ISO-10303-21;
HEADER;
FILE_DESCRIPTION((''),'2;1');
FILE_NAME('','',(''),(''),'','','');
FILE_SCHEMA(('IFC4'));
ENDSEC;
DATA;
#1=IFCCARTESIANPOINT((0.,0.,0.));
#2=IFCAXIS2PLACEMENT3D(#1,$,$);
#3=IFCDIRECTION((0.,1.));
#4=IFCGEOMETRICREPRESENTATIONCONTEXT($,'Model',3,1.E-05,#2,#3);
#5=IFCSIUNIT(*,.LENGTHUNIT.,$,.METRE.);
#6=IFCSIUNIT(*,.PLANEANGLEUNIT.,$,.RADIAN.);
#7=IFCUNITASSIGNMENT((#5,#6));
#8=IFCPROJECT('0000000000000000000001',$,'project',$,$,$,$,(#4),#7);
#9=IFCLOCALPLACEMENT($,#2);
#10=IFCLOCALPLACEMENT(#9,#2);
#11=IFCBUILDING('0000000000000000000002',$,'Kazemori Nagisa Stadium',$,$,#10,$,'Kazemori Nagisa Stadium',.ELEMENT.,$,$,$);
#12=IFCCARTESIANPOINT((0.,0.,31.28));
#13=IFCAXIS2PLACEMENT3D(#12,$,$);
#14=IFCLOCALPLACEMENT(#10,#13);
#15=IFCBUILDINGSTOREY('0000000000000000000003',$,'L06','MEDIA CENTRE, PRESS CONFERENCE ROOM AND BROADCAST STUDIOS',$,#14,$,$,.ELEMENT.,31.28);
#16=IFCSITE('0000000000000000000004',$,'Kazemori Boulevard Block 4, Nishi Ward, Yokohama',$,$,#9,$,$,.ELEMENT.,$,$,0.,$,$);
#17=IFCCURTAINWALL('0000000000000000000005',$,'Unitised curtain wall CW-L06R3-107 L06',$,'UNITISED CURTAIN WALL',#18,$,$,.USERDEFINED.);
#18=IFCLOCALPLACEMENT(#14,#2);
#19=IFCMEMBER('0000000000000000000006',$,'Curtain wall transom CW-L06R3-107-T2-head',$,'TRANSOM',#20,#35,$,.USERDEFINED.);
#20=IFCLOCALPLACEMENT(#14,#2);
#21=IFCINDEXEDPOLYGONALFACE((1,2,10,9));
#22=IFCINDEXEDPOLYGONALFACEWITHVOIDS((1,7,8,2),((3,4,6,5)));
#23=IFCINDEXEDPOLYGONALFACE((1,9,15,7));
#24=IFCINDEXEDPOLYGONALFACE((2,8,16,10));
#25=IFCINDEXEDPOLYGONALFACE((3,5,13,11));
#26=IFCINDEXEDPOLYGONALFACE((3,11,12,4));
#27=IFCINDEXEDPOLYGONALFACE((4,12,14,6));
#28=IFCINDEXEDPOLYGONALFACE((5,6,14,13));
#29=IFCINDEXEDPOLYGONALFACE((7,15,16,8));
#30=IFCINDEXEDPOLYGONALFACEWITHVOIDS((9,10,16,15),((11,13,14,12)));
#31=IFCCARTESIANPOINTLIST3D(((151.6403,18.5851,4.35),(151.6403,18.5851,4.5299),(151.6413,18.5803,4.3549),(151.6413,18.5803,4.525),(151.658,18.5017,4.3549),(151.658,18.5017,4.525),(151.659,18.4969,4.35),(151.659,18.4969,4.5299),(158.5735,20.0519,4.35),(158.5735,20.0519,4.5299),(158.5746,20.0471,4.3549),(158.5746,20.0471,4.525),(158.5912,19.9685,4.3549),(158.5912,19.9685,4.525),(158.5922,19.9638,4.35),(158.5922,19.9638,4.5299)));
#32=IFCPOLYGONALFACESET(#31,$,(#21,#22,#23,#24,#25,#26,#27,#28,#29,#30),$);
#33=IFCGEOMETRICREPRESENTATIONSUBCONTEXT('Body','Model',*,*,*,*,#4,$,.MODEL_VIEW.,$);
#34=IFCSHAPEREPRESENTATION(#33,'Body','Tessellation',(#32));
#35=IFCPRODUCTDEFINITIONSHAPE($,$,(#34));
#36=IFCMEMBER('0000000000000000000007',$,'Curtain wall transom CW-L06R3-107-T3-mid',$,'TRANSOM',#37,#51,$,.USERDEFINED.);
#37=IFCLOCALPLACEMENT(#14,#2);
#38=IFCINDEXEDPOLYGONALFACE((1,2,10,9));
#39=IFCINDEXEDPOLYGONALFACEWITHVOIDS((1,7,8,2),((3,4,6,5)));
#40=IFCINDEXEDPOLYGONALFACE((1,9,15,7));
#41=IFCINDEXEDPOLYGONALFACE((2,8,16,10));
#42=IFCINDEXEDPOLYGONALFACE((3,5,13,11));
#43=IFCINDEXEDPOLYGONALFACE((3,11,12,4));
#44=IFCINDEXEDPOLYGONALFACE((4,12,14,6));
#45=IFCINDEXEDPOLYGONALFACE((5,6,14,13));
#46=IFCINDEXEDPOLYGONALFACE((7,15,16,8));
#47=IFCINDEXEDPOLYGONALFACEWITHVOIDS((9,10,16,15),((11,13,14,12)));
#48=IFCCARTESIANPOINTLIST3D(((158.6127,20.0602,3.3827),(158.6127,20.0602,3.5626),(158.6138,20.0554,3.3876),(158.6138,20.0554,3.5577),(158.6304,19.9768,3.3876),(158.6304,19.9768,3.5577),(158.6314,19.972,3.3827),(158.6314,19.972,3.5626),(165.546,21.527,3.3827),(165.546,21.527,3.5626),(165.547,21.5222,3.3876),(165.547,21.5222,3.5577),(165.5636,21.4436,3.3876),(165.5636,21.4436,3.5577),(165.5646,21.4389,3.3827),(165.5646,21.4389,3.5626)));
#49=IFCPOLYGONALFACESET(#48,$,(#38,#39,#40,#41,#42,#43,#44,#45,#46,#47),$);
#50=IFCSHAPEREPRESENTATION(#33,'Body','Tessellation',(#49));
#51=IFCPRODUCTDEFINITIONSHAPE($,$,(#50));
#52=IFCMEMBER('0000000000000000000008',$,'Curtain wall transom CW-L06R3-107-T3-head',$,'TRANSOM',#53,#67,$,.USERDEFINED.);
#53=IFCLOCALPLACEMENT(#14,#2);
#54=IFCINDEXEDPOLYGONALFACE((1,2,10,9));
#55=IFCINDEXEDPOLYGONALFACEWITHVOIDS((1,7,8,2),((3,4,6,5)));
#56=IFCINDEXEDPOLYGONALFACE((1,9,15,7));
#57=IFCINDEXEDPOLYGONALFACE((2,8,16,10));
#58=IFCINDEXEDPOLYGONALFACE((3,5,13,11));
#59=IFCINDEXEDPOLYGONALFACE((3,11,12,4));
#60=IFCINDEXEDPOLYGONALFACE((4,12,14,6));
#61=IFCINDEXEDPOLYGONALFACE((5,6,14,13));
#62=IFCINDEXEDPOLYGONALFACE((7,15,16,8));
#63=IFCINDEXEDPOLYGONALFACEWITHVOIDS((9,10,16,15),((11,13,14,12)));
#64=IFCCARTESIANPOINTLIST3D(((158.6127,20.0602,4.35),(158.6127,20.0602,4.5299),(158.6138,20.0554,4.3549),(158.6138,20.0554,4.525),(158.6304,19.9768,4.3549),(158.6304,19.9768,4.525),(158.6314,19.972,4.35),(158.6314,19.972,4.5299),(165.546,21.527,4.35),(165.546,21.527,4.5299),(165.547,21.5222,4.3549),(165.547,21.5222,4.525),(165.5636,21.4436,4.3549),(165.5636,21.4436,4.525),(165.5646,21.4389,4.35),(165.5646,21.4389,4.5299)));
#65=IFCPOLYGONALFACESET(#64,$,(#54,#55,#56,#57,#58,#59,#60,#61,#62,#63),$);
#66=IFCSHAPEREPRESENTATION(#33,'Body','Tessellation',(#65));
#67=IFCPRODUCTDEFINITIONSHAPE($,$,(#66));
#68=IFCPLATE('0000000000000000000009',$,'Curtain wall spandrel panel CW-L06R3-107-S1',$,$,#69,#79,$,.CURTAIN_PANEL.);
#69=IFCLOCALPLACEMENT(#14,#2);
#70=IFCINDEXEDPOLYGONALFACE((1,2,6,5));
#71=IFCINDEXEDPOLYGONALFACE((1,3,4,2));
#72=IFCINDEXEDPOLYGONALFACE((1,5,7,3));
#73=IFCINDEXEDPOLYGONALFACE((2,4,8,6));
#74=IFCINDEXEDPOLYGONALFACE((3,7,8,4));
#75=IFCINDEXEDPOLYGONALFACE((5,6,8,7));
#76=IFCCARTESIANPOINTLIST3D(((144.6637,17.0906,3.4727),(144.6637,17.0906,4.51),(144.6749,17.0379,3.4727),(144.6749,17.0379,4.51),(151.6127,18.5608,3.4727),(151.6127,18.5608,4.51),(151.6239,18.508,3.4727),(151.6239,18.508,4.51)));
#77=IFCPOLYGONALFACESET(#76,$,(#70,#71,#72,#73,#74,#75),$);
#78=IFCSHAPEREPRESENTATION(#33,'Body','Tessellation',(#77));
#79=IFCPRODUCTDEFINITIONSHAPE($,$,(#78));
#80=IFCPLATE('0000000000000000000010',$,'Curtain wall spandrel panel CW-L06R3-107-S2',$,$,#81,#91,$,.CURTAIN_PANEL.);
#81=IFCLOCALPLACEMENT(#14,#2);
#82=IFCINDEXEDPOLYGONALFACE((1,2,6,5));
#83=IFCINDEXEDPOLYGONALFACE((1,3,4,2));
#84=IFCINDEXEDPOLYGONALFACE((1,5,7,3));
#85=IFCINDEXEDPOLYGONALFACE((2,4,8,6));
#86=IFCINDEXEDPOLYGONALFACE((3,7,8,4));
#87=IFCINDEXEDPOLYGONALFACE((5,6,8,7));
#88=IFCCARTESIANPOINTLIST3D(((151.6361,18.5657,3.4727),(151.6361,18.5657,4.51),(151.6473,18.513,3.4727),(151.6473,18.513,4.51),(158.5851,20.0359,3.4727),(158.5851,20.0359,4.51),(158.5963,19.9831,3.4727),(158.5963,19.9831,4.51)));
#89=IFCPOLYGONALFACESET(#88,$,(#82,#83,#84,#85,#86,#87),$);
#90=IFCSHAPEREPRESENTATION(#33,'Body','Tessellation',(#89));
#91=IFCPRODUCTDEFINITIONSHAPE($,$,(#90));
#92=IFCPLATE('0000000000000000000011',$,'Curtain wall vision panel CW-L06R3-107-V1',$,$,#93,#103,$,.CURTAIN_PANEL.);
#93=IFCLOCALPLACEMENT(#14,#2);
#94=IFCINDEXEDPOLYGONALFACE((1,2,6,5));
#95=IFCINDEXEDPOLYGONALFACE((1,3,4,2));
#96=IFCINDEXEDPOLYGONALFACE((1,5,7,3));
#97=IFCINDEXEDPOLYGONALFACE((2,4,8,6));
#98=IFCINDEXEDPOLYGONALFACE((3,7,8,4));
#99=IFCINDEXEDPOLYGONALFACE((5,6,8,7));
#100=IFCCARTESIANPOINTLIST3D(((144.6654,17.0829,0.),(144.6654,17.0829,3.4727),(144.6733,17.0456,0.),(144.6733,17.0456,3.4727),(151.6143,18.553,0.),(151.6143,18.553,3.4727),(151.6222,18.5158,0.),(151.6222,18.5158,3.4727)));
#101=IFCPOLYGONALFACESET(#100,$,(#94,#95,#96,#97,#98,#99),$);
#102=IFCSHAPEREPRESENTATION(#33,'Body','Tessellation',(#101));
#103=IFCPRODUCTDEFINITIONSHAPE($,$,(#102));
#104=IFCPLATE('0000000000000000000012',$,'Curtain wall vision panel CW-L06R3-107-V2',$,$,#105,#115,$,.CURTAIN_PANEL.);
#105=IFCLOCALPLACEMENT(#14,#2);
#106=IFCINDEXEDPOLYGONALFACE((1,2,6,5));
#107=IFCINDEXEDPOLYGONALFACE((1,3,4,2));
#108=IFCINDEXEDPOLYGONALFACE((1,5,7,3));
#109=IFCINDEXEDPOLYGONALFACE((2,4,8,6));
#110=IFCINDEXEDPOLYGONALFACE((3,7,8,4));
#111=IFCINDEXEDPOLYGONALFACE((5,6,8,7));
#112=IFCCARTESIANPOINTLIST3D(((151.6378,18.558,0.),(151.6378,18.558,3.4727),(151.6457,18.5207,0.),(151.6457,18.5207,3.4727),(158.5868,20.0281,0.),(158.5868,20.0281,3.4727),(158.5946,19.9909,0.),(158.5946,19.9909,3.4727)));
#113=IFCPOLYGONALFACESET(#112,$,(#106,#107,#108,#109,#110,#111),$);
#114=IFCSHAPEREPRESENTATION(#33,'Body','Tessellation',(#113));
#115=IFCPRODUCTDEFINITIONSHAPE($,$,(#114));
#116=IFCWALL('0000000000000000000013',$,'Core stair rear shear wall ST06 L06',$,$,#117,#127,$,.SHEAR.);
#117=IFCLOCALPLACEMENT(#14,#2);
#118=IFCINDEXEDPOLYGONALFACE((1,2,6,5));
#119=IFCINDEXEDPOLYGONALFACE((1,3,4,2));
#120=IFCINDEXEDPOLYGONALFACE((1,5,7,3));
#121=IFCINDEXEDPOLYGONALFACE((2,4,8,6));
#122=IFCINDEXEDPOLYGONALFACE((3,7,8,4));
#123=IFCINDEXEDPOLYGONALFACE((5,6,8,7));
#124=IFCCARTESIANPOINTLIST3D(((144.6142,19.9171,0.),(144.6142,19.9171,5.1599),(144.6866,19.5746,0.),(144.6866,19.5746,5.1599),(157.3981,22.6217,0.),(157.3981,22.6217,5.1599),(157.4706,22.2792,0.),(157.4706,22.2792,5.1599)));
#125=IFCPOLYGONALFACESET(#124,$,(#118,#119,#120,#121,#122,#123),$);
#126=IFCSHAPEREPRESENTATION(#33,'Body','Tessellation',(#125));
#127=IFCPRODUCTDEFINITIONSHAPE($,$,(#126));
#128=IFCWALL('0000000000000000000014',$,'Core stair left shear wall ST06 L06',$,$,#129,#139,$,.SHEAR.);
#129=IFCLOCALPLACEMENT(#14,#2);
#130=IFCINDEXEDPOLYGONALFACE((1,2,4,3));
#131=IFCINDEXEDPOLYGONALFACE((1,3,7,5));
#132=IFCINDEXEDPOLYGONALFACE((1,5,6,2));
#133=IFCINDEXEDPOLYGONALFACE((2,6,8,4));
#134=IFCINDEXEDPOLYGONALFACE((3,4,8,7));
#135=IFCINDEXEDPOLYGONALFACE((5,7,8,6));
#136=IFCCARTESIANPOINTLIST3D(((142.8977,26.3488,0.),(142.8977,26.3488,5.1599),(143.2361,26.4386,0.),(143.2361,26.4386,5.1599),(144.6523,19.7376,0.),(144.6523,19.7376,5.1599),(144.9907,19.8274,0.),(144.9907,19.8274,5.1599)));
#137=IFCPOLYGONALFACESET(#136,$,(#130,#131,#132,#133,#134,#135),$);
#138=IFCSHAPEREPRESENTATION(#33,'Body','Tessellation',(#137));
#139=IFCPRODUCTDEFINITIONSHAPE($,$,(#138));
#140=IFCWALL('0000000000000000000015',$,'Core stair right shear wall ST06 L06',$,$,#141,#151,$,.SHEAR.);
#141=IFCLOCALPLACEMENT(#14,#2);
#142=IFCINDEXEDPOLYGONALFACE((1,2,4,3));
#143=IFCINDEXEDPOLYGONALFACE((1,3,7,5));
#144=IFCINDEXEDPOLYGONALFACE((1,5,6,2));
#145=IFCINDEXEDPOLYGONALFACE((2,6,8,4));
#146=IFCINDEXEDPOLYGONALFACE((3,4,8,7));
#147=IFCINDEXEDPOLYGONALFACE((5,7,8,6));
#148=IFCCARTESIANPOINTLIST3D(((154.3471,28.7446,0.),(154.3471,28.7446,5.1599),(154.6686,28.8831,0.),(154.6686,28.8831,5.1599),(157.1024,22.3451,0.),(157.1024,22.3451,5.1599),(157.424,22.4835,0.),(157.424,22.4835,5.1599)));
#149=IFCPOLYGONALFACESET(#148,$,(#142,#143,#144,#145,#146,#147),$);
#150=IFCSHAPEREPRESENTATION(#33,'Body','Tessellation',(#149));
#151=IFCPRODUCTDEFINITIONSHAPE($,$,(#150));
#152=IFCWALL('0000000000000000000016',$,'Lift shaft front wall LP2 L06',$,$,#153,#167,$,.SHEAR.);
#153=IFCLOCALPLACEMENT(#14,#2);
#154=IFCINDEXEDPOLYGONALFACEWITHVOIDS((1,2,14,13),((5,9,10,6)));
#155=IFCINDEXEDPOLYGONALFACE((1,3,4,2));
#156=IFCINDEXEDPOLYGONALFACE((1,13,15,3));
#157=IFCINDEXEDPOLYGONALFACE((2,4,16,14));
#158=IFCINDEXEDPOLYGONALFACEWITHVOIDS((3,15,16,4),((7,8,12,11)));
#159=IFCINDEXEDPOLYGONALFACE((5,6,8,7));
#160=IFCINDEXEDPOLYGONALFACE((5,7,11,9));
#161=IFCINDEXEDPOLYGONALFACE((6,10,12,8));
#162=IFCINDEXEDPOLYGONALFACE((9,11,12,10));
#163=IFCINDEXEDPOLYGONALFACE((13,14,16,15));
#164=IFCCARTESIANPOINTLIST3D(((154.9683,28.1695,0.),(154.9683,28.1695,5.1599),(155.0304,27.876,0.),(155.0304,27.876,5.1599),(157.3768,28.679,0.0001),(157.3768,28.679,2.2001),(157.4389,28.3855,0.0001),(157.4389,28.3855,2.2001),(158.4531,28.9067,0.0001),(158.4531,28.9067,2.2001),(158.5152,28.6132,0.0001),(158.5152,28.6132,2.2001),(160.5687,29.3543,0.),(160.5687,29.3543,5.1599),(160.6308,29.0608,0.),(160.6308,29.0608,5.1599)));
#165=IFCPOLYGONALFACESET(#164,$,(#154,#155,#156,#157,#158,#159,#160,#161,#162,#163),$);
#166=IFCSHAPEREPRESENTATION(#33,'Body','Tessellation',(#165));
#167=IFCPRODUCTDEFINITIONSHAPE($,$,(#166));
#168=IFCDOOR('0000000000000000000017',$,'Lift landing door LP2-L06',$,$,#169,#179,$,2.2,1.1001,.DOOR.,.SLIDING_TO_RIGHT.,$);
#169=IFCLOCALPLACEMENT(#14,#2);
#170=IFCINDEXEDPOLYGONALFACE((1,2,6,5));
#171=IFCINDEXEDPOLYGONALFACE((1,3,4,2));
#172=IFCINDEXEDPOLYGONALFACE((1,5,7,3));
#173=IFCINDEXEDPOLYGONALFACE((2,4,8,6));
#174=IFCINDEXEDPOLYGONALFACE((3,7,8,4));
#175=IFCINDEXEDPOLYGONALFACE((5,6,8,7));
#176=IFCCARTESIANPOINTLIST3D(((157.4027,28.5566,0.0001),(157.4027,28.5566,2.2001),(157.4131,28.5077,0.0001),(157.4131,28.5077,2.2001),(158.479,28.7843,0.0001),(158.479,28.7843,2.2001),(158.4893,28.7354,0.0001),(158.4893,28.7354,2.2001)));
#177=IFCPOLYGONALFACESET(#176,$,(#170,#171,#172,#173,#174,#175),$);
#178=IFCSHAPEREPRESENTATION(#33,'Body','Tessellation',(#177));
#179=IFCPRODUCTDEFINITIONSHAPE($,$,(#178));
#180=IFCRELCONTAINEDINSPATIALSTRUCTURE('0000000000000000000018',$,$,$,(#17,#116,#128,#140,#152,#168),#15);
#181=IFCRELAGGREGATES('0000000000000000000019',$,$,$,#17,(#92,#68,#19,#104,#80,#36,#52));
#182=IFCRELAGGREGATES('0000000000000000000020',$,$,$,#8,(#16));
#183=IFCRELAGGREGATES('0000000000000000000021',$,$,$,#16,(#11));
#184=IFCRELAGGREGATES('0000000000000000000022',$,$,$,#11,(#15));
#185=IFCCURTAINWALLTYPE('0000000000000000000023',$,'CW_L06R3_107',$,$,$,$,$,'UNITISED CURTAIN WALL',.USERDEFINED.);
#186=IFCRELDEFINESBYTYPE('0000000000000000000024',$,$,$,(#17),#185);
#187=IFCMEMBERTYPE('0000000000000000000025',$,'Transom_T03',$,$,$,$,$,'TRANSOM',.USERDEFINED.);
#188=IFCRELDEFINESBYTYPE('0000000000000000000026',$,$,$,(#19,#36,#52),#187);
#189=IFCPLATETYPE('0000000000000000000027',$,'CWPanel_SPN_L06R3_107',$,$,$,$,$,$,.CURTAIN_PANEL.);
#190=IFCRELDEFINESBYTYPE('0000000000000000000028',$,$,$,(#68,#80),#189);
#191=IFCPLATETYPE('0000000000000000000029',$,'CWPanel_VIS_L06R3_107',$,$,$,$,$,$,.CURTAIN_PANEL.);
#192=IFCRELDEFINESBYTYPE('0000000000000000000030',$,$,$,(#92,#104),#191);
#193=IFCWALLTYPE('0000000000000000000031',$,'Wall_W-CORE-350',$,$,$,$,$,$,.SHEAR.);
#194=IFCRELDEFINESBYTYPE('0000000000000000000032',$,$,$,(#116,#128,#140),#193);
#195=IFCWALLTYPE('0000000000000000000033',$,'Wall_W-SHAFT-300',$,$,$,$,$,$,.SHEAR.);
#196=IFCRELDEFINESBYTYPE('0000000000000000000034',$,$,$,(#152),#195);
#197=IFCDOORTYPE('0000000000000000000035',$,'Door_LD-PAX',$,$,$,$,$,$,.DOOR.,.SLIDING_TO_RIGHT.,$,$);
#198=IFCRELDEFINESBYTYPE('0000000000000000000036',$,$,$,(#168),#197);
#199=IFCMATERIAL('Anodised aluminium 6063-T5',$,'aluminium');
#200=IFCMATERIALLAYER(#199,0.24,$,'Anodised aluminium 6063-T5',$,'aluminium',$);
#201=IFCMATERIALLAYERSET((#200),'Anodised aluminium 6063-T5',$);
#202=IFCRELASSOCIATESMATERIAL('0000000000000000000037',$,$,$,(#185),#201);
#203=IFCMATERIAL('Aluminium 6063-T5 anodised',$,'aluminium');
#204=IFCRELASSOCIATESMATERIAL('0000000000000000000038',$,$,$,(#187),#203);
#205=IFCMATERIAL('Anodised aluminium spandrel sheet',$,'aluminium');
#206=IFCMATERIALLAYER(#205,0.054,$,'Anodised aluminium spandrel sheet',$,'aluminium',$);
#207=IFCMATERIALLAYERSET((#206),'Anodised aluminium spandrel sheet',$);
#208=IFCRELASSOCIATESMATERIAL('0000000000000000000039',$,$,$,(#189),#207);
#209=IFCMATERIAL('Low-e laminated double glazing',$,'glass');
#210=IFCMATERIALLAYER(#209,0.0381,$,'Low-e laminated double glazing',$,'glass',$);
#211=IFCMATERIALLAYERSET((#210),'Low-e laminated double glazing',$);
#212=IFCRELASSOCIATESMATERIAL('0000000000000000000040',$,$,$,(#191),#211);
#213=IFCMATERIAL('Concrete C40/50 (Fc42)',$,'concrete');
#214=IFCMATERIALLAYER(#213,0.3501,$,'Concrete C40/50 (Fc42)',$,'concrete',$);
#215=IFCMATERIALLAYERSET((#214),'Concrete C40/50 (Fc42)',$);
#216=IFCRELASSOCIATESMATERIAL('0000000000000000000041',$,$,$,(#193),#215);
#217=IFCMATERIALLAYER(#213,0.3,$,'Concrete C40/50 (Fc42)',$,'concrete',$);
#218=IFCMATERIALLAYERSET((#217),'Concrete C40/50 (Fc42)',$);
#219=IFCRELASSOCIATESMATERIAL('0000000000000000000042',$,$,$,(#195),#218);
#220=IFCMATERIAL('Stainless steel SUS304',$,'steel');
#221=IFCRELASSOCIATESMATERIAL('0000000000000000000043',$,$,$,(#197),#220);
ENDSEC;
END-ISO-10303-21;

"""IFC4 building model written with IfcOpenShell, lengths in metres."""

from ifc_helpers import new_model, si_unit, direction, frame, frame_2d, origin, origin_2d, place, context, subcontext, project, spatial, rectangle, hollow_rectangle, extrude, material, layer, layer_set, material_profile, profile_set, type_object, element, fill, aggregate, save


model = new_model("IFC4")

# Units and contexts
model_context = context("Model", 3, precision=1e-05, world=origin(), true_north=direction((0.0, 1.0)))
body_context = subcontext(model_context, "Body", "Model", "MODEL_VIEW")
ifc_project = project(units=[si_unit("LENGTHUNIT", "METRE"), si_unit("PLANEANGLEUNIT", "RADIAN")], contexts=[model_context])

# Site, building, storey
site_placement = place(None, origin())
site = spatial("IfcSite", under=ifc_project, at=site_placement, Name="Kazemori Boulevard Block 4, Nishi Ward, Yokohama", CompositionType="ELEMENT", RefElevation=0.0)
building_placement = place(site_placement, origin())
building = spatial("IfcBuilding", under=site, at=building_placement, Name="Kazemori Nagisa Stadium", LongName="Kazemori Nagisa Stadium", CompositionType="ELEMENT")
storey_placement = place(building_placement, frame((0.0, 0.0, 31.28)))
storey = spatial("IfcBuildingStorey", under=building, at=storey_placement, Name="L06", Description="MEDIA CENTRE, PRESS CONFERENCE ROOM AND BROADCAST STUDIOS", CompositionType="ELEMENT", Elevation=31.28)

# Curtain wall, members, plates
ifc_material_1 = material(Name="Anodised aluminium 6063-T5", Category="aluminium")
ifc_layer_1 = layer(ifc_material_1, 0.24, Name="Anodised aluminium 6063-T5", Category="aluminium")
ifc_layer_set_1 = layer_set([ifc_layer_1], Name="Anodised aluminium 6063-T5")
curtain_wall_type = type_object("IfcCurtainWallType", Name="CW_L06R3_107", ElementType="UNITISED CURTAIN WALL", PredefinedType="USERDEFINED", material=ifc_layer_set_1)
curtain_wall_placement = place(storey_placement, origin())
curtain_wall = element("IfcCurtainWall", 1, at=curtain_wall_placement, inside=storey, type_object=curtain_wall_type, Name="Unitised curtain wall CW-L06R3-107 L06", ObjectType="UNITISED CURTAIN WALL", PredefinedType="USERDEFINED")
ifc_material_2 = material(Name="Aluminium 6063-T5 anodised", Category="aluminium")
ifc_material_profile_1 = material_profile(ifc_material_2, hollow_rectangle(XDim=0.0901, YDim=0.1799, WallThickness=0.0049, at=origin_2d()), Name="ALU-TRAN-90x180x5")
ifc_profile_set_1 = profile_set([ifc_material_profile_1], Name="Aluminium 6063-T5 anodised")
member_type_1 = type_object("IfcMemberType", Name="Transom_T03", ElementType="TRANSOM", PredefinedType="USERDEFINED", material=ifc_profile_set_1)
member_1_placement = place(storey_placement, frame((151.6497, 18.541, 4.4399), z_axis=(0.978345, 0.206983, 0.0), x_axis=(-0.206983, 0.978345, 0.0)))
member_1 = element("IfcMember", 2, at=member_1_placement, type_object=member_type_1, Name="Curtain wall transom CW-L06R3-107-T2-head", ObjectType="TRANSOM", PredefinedType="USERDEFINED", context=body_context, shape_type="SweptSolid", body=[
    extrude(hollow_rectangle(XDim=0.0901, YDim=0.1799, WallThickness=0.0049, at=origin_2d()), origin(), (0.0, 0.0, 1.0), 7.0867),
])
member_2_placement = place(storey_placement, frame((158.6221, 20.0161, 3.4727), z_axis=(0.978345, 0.206983, 0.0), x_axis=(-0.206983, 0.978345, 0.0)))
member_2 = element("IfcMember", 3, at=member_2_placement, type_object=member_type_1, Name="Curtain wall transom CW-L06R3-107-T3-mid", ObjectType="TRANSOM", PredefinedType="USERDEFINED", context=body_context, shape_type="SweptSolid", body=[
    extrude(hollow_rectangle(XDim=0.0901, YDim=0.1799, WallThickness=0.0049, at=origin_2d()), origin(), (0.0, 0.0, 1.0), 7.0867),
])
member_3_placement = place(storey_placement, frame((158.6221, 20.0161, 4.4399), z_axis=(0.978345, 0.206983, 0.0), x_axis=(-0.206983, 0.978345, 0.0)))
member_3 = element("IfcMember", 4, at=member_3_placement, type_object=member_type_1, Name="Curtain wall transom CW-L06R3-107-T3-head", ObjectType="TRANSOM", PredefinedType="USERDEFINED", context=body_context, shape_type="SweptSolid", body=[
    extrude(hollow_rectangle(XDim=0.0901, YDim=0.1799, WallThickness=0.0049, at=origin_2d()), origin(), (0.0, 0.0, 1.0), 7.0867),
])
ifc_material_3 = material(Name="Anodised aluminium spandrel sheet", Category="aluminium")
ifc_layer_2 = layer(ifc_material_3, 0.054, Name="Anodised aluminium spandrel sheet", Category="aluminium")
ifc_layer_set_2 = layer_set([ifc_layer_2], Name="Anodised aluminium spandrel sheet")
plate_type_1 = type_object("IfcPlateType", Name="CWPanel_SPN_L06R3_107", PredefinedType="CURTAIN_PANEL", material=ifc_layer_set_2)
plate_1_placement = place(storey_placement, frame((148.1438, 17.7993, 3.4727), z_axis=(0.0, 0.0, 1.0), x_axis=(0.978345, 0.206981, 0.0)))
plate_1 = element("IfcPlate", 5, at=plate_1_placement, type_object=plate_type_1, Name="Curtain wall spandrel panel CW-L06R3-107-S1", PredefinedType="CURTAIN_PANEL", context=body_context, shape_type="SweptSolid", body=[
    extrude(rectangle(XDim=7.1028, YDim=0.054, at=origin_2d()), origin(), (0.0, 0.0, 1.0), 1.0374),
])
plate_2_placement = place(storey_placement, frame((155.1162, 19.2744, 3.4727), z_axis=(0.0, 0.0, 1.0), x_axis=(0.978345, 0.206981, 0.0)))
plate_2 = element("IfcPlate", 6, at=plate_2_placement, type_object=plate_type_1, Name="Curtain wall spandrel panel CW-L06R3-107-S2", PredefinedType="CURTAIN_PANEL", context=body_context, shape_type="SweptSolid", body=[
    extrude(rectangle(XDim=7.1028, YDim=0.054, at=origin_2d()), origin(), (0.0, 0.0, 1.0), 1.0374),
])
ifc_material_4 = material(Name="Low-e laminated double glazing", Category="glass")
ifc_layer_3 = layer(ifc_material_4, 0.0381, Name="Low-e laminated double glazing", Category="glass")
ifc_layer_set_3 = layer_set([ifc_layer_3], Name="Low-e laminated double glazing")
plate_type_2 = type_object("IfcPlateType", Name="CWPanel_VIS_L06R3_107", PredefinedType="CURTAIN_PANEL", material=ifc_layer_set_3)
plate_3_placement = place(storey_placement, frame((148.1438, 17.7993, 0.0), z_axis=(0.0, 0.0, 1.0), x_axis=(0.978345, 0.206981, 0.0)))
plate_3 = element("IfcPlate", 7, at=plate_3_placement, type_object=plate_type_2, Name="Curtain wall vision panel CW-L06R3-107-V1", PredefinedType="CURTAIN_PANEL", context=body_context, shape_type="SweptSolid", body=[
    extrude(rectangle(XDim=7.1028, YDim=0.0381, at=origin_2d()), origin(), (0.0, 0.0, 1.0), 3.4727),
])
plate_4_placement = place(storey_placement, frame((155.1162, 19.2744, 0.0), z_axis=(0.0, 0.0, 1.0), x_axis=(0.978345, 0.206981, 0.0)))
plate_4 = element("IfcPlate", 8, at=plate_4_placement, type_object=plate_type_2, Name="Curtain wall vision panel CW-L06R3-107-V2", PredefinedType="CURTAIN_PANEL", context=body_context, shape_type="SweptSolid", body=[
    extrude(rectangle(XDim=7.1028, YDim=0.0381, at=origin_2d()), origin(), (0.0, 0.0, 1.0), 3.4727),
])
aggregate(curtain_wall, [plate_3, plate_1, member_1, plate_4, plate_2, member_2, member_3])

# Walls
ifc_material_5 = material(Name="Concrete C40/50 (Fc42)", Category="concrete")
ifc_layer_4 = layer(ifc_material_5, 0.3501, Name="Concrete C40/50 (Fc42)", Category="concrete")
ifc_layer_set_4 = layer_set([ifc_layer_4], Name="Concrete C40/50 (Fc42)")
wall_type_1 = type_object("IfcWallType", Name="Wall_W-CORE-350", PredefinedType="SHEAR", material=ifc_layer_set_4)
wall_1_placement = place(storey_placement, frame((144.6504, 19.7458, 0.0), z_axis=(0.0, 0.0, 1.0), x_axis=(0.978345, 0.20698, 0.0)))
element("IfcWall", 9, at=wall_1_placement, inside=storey, type_object=wall_type_1, Name="Core stair rear shear wall ST06 L06", PredefinedType="SHEAR", context=body_context, shape_type="SweptSolid", body=[
    extrude(rectangle(XDim=13.0669, YDim=0.3501, at=frame_2d((6.5334, 0.0))), origin(), (0.0, 0.0, 1.0), 5.1599),
])
wall_2_placement = place(storey_placement, frame((143.0669, 26.3936, 0.0), z_axis=(0.0, 0.0, 1.0), x_axis=(0.256518, -0.966539, 0.0)))
element("IfcWall", 10, at=wall_2_placement, inside=storey, type_object=wall_type_1, Name="Core stair left shear wall ST06 L06", PredefinedType="SHEAR", context=body_context, shape_type="SweptSolid", body=[
    extrude(rectangle(XDim=6.8401, YDim=0.3501, at=frame_2d((3.4199, 0.0))), origin(), (0.0, 0.0, 1.0), 5.1599),
])
wall_3_placement = place(storey_placement, frame((154.5078, 28.814, 0.0), z_axis=(0.0, 0.0, 1.0), x_axis=(0.395454, -0.918486, 0.0)))
element("IfcWall", 11, at=wall_3_placement, inside=storey, type_object=wall_type_1, Name="Core stair right shear wall ST06 L06", PredefinedType="SHEAR", context=body_context, shape_type="SweptSolid", body=[
    extrude(rectangle(XDim=6.9675, YDim=0.3501, at=frame_2d((3.4839, 0.0))), origin(), (0.0, 0.0, 1.0), 5.1599),
])

# Wall, opening, door
ifc_layer_5 = layer(ifc_material_5, 0.3, Name="Concrete C40/50 (Fc42)", Category="concrete")
ifc_layer_set_5 = layer_set([ifc_layer_5], Name="Concrete C40/50 (Fc42)")
wall_type_2 = type_object("IfcWallType", Name="Wall_W-SHAFT-300", PredefinedType="SHEAR", material=ifc_layer_set_5)
wall_4_placement = place(storey_placement, frame((154.9993, 28.0227, 0.0), z_axis=(0.0, 0.0, 1.0), x_axis=(0.978345, 0.20698, 0.0)))
wall_4 = element("IfcWall", 12, at=wall_4_placement, inside=storey, type_object=wall_type_2, Name="Lift shaft front wall LP2 L06", PredefinedType="SHEAR", context=body_context, shape_type="SweptSolid", body=[
    extrude(rectangle(XDim=5.7244, YDim=0.3, at=frame_2d((2.8623, 0.0))), origin(), (0.0, 0.0, 1.0), 5.1599),
])
opening_placement = place(wall_4_placement, frame((2.4619, 0.0, 0.0)))
opening = element("IfcOpeningElement", 13, at=opening_placement, cuts=wall_4, PredefinedType="OPENING", context=body_context, shape_type="SweptSolid", body=[
    extrude(rectangle(XDim=1.1001, YDim=2.2, at=frame_2d((0.55, 1.1001))), frame((0.0, 0.1599, 0.0), z_axis=(0.0, -1.0, 0.0), x_axis=(1.0, 0.0, 0.0)), (0.0, 0.0, 1.0), 0.3201),
])
ifc_material_6 = material(Name="Stainless steel SUS304", Category="steel")
door_type = type_object("IfcDoorType", Name="Door_LD-PAX", OperationType="SLIDING_TO_RIGHT", PredefinedType="DOOR", material=ifc_material_6)
door_placement = place(opening_placement, origin())
door = element("IfcDoor", 14, at=door_placement, inside=storey, type_object=door_type, Name="Lift landing door LP2-L06", OperationType="SLIDING_TO_RIGHT", OverallHeight=2.2, OverallWidth=1.1001, PredefinedType="DOOR", context=body_context, shape_type="SweptSolid", body=[
    extrude(rectangle(XDim=1.1001, YDim=2.2, at=frame_2d((0.55, 1.1001))), frame((0.0, 0.0249, 0.0), z_axis=(0.0, -1.0, 0.0), x_axis=(1.0, 0.0, 0.0)), (0.0, 0.0, 1.0), 0.05),
])
fill(opening, door)

save(model, "model.ifc")
